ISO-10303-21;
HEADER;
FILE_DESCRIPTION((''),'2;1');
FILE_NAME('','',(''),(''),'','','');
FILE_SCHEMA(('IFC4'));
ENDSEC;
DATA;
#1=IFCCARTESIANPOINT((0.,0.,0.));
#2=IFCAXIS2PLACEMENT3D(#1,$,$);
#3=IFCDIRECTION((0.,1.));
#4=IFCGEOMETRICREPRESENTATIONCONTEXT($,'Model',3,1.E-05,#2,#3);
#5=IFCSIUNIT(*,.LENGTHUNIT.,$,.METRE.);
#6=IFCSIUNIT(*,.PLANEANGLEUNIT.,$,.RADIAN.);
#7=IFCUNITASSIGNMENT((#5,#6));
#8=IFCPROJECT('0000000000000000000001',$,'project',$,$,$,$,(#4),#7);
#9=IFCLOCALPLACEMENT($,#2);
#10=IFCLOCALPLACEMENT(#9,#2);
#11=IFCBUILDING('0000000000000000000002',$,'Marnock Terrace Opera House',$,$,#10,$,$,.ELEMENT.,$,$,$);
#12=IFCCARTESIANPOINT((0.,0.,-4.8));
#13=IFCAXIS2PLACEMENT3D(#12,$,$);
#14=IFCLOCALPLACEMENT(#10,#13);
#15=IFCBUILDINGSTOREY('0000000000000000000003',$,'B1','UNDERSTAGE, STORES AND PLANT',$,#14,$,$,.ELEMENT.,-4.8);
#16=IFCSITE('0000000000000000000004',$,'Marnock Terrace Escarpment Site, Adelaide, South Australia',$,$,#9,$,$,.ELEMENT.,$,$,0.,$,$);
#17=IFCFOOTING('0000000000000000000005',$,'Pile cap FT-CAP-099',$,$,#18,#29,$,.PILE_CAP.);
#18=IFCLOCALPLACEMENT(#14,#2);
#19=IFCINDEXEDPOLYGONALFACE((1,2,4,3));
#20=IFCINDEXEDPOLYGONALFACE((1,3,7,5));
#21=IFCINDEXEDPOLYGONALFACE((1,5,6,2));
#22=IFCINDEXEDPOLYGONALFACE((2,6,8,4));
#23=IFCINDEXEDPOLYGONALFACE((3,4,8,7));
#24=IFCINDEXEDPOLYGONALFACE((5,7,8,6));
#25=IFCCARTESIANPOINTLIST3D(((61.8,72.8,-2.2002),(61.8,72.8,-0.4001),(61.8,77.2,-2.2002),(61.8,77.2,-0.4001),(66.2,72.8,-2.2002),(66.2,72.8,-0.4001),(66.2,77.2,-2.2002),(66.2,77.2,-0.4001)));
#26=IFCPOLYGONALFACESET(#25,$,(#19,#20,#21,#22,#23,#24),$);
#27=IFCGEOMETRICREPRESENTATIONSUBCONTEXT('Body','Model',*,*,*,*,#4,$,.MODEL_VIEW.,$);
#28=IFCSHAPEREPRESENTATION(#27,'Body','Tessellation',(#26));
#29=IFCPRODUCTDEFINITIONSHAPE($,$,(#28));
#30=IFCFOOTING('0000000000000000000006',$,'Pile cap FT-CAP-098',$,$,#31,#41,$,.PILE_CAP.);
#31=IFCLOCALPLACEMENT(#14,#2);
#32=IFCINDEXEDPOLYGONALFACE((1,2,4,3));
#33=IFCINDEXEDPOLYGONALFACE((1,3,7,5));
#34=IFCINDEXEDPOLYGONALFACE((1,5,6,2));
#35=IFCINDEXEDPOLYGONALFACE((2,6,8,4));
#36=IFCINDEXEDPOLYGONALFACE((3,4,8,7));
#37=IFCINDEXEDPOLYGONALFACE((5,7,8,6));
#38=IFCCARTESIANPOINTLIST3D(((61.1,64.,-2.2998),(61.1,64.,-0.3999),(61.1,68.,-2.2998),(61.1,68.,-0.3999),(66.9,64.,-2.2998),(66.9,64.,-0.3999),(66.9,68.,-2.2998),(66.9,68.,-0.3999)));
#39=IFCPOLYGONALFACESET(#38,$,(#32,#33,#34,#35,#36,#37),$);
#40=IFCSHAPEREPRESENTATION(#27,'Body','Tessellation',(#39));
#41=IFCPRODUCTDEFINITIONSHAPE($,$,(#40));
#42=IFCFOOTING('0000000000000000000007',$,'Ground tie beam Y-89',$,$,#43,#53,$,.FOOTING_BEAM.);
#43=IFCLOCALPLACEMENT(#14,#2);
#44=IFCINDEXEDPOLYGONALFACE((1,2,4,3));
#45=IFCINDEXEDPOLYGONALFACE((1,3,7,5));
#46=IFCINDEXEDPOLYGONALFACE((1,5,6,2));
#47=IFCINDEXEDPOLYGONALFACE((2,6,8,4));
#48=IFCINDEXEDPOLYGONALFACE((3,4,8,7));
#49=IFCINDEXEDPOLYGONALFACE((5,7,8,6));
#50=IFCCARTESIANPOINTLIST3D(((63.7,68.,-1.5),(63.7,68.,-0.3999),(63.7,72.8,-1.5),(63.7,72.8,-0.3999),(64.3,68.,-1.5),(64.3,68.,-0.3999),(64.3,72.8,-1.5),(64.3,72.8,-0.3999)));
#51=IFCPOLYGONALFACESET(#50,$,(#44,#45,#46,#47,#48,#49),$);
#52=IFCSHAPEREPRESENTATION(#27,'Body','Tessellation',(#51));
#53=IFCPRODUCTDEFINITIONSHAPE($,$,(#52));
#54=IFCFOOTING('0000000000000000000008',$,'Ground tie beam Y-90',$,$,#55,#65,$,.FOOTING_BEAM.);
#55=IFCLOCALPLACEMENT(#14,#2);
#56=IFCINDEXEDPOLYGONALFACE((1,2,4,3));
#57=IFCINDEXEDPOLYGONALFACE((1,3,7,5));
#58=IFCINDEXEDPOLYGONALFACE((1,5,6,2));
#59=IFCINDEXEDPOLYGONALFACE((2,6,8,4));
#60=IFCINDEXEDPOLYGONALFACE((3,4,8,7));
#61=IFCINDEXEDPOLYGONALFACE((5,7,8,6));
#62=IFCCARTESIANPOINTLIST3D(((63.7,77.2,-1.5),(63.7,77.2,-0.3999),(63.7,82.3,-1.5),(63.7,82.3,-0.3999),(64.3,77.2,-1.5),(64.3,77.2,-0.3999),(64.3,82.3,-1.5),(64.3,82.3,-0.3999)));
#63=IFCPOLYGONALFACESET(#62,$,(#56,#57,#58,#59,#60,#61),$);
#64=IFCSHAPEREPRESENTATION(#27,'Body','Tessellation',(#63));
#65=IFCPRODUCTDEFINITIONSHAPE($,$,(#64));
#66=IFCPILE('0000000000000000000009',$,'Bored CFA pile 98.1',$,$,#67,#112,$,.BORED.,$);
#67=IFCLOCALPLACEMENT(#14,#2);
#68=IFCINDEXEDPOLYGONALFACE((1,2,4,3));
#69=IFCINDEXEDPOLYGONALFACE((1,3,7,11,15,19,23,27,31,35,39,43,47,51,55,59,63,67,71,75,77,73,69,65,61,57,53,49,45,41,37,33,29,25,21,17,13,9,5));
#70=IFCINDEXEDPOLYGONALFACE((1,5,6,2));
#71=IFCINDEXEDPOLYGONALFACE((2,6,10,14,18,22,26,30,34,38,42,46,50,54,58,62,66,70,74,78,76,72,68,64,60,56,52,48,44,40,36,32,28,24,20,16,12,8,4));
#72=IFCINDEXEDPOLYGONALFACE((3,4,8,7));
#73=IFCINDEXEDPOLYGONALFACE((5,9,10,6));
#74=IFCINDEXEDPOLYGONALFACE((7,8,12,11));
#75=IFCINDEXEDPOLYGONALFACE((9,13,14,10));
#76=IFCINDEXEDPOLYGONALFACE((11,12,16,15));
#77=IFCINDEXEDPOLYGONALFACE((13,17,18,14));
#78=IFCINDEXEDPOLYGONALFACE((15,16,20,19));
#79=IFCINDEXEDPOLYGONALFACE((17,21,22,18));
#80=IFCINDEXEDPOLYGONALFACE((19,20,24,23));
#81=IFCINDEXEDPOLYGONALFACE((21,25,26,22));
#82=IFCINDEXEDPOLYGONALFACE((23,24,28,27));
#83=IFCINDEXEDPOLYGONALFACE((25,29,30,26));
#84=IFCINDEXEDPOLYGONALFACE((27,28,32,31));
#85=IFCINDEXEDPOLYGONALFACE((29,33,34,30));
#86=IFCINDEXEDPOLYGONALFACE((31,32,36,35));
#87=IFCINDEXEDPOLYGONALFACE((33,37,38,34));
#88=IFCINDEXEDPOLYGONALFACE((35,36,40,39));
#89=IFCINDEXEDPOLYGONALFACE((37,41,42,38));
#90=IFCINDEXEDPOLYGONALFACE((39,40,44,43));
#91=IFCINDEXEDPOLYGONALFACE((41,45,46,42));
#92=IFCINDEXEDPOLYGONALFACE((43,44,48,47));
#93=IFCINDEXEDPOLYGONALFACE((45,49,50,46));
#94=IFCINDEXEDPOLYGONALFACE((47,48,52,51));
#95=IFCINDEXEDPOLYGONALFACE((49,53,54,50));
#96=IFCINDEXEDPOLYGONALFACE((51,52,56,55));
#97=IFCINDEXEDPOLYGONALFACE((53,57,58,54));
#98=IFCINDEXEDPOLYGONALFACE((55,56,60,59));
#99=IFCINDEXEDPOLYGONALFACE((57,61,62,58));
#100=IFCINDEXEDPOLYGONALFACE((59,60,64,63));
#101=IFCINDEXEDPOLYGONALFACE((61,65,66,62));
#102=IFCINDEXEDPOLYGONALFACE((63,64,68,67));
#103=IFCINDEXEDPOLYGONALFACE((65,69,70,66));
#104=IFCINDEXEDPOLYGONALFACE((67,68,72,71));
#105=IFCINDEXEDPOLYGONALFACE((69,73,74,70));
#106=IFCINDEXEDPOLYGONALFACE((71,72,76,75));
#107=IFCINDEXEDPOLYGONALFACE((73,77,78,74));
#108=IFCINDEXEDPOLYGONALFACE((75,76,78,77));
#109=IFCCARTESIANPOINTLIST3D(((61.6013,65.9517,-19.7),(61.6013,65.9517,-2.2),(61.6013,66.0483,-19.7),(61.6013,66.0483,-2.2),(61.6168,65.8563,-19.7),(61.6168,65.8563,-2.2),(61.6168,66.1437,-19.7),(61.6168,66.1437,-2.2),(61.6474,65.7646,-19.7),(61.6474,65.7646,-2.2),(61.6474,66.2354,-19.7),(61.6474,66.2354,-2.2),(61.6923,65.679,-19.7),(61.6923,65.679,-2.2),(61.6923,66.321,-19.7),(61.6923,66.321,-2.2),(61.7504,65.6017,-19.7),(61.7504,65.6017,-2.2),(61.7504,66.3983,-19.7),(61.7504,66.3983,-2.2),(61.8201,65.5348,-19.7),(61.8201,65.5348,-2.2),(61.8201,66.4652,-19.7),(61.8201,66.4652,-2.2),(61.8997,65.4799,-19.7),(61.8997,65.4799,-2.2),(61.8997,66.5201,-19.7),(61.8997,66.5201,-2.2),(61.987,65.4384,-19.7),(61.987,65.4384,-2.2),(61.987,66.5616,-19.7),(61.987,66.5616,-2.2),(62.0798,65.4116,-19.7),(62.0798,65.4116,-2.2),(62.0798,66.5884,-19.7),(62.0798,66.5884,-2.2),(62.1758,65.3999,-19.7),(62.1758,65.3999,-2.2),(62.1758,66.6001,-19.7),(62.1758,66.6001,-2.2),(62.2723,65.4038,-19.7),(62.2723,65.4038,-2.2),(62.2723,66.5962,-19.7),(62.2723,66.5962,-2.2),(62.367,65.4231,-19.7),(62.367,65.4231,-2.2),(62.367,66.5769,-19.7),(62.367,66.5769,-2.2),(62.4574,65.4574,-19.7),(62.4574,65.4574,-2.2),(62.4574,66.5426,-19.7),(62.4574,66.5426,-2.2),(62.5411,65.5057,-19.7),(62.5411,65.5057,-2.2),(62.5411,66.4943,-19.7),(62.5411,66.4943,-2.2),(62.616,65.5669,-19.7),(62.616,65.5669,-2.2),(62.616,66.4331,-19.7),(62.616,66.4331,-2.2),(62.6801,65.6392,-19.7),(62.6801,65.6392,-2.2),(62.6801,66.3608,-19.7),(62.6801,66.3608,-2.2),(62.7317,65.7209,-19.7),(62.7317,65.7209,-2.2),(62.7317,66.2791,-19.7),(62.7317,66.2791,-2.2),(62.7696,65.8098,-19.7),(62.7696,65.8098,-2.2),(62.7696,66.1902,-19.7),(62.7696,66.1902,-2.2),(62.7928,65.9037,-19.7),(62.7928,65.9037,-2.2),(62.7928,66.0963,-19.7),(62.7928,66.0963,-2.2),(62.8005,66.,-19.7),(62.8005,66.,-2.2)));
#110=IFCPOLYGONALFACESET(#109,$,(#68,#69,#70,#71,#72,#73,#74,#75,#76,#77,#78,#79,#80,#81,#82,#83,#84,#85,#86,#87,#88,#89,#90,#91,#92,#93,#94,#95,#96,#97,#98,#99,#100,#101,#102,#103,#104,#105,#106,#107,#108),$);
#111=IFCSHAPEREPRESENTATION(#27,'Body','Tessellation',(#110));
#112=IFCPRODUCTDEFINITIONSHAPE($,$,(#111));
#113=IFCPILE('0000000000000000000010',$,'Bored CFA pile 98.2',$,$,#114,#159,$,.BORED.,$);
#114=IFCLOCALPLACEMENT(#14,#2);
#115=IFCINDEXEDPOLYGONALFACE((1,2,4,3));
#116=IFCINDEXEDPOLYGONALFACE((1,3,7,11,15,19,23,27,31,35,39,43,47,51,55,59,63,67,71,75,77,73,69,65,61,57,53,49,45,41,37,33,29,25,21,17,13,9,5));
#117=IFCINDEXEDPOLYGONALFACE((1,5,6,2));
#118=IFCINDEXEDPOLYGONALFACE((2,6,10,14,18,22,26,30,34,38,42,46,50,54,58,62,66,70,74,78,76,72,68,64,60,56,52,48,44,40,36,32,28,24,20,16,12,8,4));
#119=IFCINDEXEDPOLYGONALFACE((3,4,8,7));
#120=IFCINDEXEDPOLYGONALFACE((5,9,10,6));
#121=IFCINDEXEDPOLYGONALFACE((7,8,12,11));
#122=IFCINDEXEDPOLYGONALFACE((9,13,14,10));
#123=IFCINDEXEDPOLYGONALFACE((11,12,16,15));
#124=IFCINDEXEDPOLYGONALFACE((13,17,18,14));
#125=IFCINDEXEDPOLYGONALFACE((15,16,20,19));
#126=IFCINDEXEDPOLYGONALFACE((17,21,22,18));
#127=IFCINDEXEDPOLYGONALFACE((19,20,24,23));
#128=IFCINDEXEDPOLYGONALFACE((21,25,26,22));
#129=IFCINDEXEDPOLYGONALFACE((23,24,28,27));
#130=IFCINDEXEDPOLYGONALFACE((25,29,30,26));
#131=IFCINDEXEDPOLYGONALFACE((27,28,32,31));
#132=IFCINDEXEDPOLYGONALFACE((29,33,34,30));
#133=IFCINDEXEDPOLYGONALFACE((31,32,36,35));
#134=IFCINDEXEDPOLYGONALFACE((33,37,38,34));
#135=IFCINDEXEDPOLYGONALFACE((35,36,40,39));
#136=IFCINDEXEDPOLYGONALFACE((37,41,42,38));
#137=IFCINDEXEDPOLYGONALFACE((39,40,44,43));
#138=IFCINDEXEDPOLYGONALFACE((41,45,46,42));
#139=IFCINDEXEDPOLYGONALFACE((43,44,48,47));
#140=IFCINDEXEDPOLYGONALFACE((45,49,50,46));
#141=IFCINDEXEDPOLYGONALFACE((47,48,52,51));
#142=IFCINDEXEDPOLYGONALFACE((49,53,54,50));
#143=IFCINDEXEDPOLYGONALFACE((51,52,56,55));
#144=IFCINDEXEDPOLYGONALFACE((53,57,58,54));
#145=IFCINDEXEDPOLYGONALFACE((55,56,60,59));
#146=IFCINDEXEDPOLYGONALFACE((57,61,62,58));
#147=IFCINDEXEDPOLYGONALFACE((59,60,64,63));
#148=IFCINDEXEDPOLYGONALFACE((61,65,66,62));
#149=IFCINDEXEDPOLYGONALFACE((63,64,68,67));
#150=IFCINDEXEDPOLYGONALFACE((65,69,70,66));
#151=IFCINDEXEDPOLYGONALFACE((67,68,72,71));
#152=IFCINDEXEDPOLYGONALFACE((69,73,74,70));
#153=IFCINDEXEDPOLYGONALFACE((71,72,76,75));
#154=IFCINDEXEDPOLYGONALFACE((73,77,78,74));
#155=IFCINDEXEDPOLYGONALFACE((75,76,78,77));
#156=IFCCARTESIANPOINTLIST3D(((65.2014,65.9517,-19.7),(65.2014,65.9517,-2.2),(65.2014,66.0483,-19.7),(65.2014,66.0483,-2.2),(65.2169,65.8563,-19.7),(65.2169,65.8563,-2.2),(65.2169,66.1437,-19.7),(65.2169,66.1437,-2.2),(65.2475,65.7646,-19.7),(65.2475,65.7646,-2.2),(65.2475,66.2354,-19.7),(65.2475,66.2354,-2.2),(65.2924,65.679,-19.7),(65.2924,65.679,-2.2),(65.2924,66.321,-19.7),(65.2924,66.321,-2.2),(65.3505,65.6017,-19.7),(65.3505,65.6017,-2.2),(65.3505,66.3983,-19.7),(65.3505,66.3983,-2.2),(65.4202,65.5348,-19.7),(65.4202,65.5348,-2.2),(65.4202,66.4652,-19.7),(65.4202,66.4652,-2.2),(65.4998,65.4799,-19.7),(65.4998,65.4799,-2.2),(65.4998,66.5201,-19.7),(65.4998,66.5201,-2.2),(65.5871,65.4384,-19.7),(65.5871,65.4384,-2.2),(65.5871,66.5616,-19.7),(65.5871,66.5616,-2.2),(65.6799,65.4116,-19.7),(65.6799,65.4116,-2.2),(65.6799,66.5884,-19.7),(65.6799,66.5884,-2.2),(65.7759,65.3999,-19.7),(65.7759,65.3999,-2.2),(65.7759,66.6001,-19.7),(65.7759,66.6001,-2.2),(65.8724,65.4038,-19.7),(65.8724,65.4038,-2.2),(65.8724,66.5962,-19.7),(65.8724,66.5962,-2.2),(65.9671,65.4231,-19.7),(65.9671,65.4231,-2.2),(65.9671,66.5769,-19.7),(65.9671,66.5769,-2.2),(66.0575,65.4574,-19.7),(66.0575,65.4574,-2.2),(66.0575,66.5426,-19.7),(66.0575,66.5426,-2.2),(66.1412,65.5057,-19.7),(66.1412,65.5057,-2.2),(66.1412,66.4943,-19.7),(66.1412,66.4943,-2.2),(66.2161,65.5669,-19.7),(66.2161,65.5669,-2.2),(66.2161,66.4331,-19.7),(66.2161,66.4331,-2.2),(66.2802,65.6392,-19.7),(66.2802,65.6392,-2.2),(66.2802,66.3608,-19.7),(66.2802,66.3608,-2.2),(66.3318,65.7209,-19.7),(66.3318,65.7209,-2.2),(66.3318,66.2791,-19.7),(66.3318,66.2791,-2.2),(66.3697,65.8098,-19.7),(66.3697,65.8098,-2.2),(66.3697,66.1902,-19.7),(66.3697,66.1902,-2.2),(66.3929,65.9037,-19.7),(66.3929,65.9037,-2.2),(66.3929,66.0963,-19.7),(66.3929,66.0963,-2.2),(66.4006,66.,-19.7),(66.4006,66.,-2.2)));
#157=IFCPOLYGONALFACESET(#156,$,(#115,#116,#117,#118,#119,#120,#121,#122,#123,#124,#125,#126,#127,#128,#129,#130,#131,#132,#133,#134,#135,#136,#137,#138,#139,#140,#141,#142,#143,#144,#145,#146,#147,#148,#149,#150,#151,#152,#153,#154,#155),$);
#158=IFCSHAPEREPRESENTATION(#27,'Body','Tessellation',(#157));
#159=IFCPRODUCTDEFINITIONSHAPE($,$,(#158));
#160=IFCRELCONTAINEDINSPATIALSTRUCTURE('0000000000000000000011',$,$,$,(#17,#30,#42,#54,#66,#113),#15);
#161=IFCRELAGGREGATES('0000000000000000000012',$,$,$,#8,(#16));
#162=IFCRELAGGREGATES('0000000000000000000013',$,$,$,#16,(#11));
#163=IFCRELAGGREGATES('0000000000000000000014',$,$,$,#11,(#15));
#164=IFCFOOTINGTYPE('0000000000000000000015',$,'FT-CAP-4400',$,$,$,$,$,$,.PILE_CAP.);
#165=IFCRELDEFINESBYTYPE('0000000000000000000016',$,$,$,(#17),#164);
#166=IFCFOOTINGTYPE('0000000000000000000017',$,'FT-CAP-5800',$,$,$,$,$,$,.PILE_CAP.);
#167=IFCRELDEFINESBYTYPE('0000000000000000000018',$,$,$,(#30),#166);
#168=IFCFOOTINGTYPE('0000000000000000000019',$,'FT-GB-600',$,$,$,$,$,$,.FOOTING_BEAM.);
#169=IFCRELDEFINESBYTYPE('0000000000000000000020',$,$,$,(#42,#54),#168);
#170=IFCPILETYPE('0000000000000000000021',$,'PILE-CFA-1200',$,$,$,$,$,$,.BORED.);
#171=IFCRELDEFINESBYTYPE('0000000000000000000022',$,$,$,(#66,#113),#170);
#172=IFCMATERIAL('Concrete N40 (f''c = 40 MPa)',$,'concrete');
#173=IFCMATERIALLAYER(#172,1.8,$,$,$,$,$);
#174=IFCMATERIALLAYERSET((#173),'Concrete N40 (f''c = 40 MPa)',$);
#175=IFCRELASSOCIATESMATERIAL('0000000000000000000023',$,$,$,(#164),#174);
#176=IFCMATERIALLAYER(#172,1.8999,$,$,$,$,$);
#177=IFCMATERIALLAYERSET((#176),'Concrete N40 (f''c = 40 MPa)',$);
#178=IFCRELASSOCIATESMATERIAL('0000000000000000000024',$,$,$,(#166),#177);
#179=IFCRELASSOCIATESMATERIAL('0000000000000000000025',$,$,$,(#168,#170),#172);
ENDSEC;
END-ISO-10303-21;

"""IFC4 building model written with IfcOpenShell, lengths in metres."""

from ifc_helpers import new_model, si_unit, direction, frame, origin, origin_2d, place, context, subcontext, project, spatial, rectangle, circle, extrude, material, layer, layer_set, material_profile, profile_set, type_object, element, save


model = new_model("IFC4")

# Units and contexts
model_context = context("Model", 3, precision=1e-05, world=origin(), true_north=direction((0.0, 1.0)))
body_context = subcontext(model_context, "Body", "Model", "MODEL_VIEW")
ifc_project = project(units=[si_unit("LENGTHUNIT", "METRE"), si_unit("PLANEANGLEUNIT", "RADIAN")], contexts=[model_context])

# Site, building, storey
site_placement = place(None, origin())
site = spatial("IfcSite", under=ifc_project, at=site_placement, Name="Marnock Terrace Escarpment Site, Adelaide, South Australia", CompositionType="ELEMENT", RefElevation=0.0)
building_placement = place(site_placement, origin())
building = spatial("IfcBuilding", under=site, at=building_placement, Name="Marnock Terrace Opera House", CompositionType="ELEMENT")
storey_placement = place(building_placement, frame((0.0, 0.0, -4.8)))
storey = spatial("IfcBuildingStorey", under=building, at=storey_placement, Name="B1", Description="UNDERSTAGE, STORES AND PLANT", CompositionType="ELEMENT", Elevation=-4.8)

# Footings
ifc_material_1 = material(Name="Concrete N40 (f'c = 40 MPa)", Category="concrete")
ifc_layer_1 = layer(ifc_material_1, 1.8)
ifc_layer_set_1 = layer_set([ifc_layer_1], Name="Concrete N40 (f'c = 40 MPa)")
footing_type_1 = type_object("IfcFootingType", Name="FT-CAP-4400", PredefinedType="PILE_CAP", material=ifc_layer_set_1)
footing_1_placement = place(storey_placement, frame((64.0, 75.0, -2.2002), z_axis=(0.0, 0.0, 1.0), x_axis=(1.0, 0.0, 0.0)))
element("IfcFooting", 1, at=footing_1_placement, inside=storey, type_object=footing_type_1, Name="Pile cap FT-CAP-099", PredefinedType="PILE_CAP", context=body_context, shape_type="SweptSolid", body=[
    extrude(rectangle(XDim=4.3999, YDim=4.3999, at=origin_2d()), origin(), (0.0, 0.0, 1.0), 1.8),
])
ifc_layer_2 = layer(ifc_material_1, 1.8999)
ifc_layer_set_2 = layer_set([ifc_layer_2], Name="Concrete N40 (f'c = 40 MPa)")
footing_type_2 = type_object("IfcFootingType", Name="FT-CAP-5800", PredefinedType="PILE_CAP", material=ifc_layer_set_2)
footing_2_placement = place(storey_placement, frame((64.0, 66.0, -2.2998), z_axis=(0.0, 0.0, 1.0), x_axis=(1.0, 0.0, 0.0)))
element("IfcFooting", 2, at=footing_2_placement, inside=storey, type_object=footing_type_2, Name="Pile cap FT-CAP-098", PredefinedType="PILE_CAP", context=body_context, shape_type="SweptSolid", body=[
    extrude(rectangle(XDim=5.8, YDim=4.0, at=origin_2d()), origin(), (0.0, 0.0, 1.0), 1.8999),
])
ifc_material_profile_1 = material_profile(ifc_material_1, rectangle(XDim=0.6001, YDim=1.1001, at=origin_2d()))
ifc_profile_set_1 = profile_set([ifc_material_profile_1], Name="Concrete N40 (f'c = 40 MPa)")
footing_type_3 = type_object("IfcFootingType", Name="FT-GB-600", PredefinedType="FOOTING_BEAM", material=ifc_profile_set_1)
footing_3_placement = place(storey_placement, frame((64.0, 68.0, -0.95), z_axis=(0.0, 1.0, 0.0), x_axis=(-1.0, 0.0, 0.0)))
element("IfcFooting", 3, at=footing_3_placement, inside=storey, type_object=footing_type_3, Name="Ground tie beam Y-89", PredefinedType="FOOTING_BEAM", context=body_context, shape_type="SweptSolid", body=[
    extrude(rectangle(XDim=0.6001, YDim=1.1001, at=origin_2d()), origin(), (0.0, 0.0, 1.0), 4.8),
])
footing_4_placement = place(storey_placement, frame((64.0, 77.2, -0.95), z_axis=(0.0, 1.0, 0.0), x_axis=(-1.0, 0.0, 0.0)))
element("IfcFooting", 4, at=footing_4_placement, inside=storey, type_object=footing_type_3, Name="Ground tie beam Y-90", PredefinedType="FOOTING_BEAM", context=body_context, shape_type="SweptSolid", body=[
    extrude(rectangle(XDim=0.6001, YDim=1.1001, at=origin_2d()), origin(), (0.0, 0.0, 1.0), 5.1001),
])

# Piles
ifc_material_profile_2 = material_profile(ifc_material_1, circle(Radius=0.6006, at=origin_2d()))
ifc_profile_set_2 = profile_set([ifc_material_profile_2], Name="Concrete N40 (f'c = 40 MPa)")
pile_type = type_object("IfcPileType", Name="PILE-CFA-1200", PredefinedType="BORED", material=ifc_profile_set_2)
for number, where, z_axis, x_axis, name in (
    (5, (62.2, 66.0, -2.2), (0.0, 0.0, -1.0), (1.0, 0.0, 0.0), "Bored CFA pile 98.1"),
    (6, (65.8, 66.0, -2.2), (0.0, 0.0, -1.0), (1.0, 0.0, 0.0), "Bored CFA pile 98.2"),
):
    element("IfcPile", number, at=place(storey_placement, frame(where, z_axis=z_axis, x_axis=x_axis)), inside=storey, type_object=pile_type, Name=name, PredefinedType="BORED", context=body_context, shape_type="SweptSolid", body=[
        extrude(circle(Radius=0.6006, at=origin_2d()), origin(), (0.0, 0.0, 1.0), 17.5),
    ])

save(model, "model.ifc")
